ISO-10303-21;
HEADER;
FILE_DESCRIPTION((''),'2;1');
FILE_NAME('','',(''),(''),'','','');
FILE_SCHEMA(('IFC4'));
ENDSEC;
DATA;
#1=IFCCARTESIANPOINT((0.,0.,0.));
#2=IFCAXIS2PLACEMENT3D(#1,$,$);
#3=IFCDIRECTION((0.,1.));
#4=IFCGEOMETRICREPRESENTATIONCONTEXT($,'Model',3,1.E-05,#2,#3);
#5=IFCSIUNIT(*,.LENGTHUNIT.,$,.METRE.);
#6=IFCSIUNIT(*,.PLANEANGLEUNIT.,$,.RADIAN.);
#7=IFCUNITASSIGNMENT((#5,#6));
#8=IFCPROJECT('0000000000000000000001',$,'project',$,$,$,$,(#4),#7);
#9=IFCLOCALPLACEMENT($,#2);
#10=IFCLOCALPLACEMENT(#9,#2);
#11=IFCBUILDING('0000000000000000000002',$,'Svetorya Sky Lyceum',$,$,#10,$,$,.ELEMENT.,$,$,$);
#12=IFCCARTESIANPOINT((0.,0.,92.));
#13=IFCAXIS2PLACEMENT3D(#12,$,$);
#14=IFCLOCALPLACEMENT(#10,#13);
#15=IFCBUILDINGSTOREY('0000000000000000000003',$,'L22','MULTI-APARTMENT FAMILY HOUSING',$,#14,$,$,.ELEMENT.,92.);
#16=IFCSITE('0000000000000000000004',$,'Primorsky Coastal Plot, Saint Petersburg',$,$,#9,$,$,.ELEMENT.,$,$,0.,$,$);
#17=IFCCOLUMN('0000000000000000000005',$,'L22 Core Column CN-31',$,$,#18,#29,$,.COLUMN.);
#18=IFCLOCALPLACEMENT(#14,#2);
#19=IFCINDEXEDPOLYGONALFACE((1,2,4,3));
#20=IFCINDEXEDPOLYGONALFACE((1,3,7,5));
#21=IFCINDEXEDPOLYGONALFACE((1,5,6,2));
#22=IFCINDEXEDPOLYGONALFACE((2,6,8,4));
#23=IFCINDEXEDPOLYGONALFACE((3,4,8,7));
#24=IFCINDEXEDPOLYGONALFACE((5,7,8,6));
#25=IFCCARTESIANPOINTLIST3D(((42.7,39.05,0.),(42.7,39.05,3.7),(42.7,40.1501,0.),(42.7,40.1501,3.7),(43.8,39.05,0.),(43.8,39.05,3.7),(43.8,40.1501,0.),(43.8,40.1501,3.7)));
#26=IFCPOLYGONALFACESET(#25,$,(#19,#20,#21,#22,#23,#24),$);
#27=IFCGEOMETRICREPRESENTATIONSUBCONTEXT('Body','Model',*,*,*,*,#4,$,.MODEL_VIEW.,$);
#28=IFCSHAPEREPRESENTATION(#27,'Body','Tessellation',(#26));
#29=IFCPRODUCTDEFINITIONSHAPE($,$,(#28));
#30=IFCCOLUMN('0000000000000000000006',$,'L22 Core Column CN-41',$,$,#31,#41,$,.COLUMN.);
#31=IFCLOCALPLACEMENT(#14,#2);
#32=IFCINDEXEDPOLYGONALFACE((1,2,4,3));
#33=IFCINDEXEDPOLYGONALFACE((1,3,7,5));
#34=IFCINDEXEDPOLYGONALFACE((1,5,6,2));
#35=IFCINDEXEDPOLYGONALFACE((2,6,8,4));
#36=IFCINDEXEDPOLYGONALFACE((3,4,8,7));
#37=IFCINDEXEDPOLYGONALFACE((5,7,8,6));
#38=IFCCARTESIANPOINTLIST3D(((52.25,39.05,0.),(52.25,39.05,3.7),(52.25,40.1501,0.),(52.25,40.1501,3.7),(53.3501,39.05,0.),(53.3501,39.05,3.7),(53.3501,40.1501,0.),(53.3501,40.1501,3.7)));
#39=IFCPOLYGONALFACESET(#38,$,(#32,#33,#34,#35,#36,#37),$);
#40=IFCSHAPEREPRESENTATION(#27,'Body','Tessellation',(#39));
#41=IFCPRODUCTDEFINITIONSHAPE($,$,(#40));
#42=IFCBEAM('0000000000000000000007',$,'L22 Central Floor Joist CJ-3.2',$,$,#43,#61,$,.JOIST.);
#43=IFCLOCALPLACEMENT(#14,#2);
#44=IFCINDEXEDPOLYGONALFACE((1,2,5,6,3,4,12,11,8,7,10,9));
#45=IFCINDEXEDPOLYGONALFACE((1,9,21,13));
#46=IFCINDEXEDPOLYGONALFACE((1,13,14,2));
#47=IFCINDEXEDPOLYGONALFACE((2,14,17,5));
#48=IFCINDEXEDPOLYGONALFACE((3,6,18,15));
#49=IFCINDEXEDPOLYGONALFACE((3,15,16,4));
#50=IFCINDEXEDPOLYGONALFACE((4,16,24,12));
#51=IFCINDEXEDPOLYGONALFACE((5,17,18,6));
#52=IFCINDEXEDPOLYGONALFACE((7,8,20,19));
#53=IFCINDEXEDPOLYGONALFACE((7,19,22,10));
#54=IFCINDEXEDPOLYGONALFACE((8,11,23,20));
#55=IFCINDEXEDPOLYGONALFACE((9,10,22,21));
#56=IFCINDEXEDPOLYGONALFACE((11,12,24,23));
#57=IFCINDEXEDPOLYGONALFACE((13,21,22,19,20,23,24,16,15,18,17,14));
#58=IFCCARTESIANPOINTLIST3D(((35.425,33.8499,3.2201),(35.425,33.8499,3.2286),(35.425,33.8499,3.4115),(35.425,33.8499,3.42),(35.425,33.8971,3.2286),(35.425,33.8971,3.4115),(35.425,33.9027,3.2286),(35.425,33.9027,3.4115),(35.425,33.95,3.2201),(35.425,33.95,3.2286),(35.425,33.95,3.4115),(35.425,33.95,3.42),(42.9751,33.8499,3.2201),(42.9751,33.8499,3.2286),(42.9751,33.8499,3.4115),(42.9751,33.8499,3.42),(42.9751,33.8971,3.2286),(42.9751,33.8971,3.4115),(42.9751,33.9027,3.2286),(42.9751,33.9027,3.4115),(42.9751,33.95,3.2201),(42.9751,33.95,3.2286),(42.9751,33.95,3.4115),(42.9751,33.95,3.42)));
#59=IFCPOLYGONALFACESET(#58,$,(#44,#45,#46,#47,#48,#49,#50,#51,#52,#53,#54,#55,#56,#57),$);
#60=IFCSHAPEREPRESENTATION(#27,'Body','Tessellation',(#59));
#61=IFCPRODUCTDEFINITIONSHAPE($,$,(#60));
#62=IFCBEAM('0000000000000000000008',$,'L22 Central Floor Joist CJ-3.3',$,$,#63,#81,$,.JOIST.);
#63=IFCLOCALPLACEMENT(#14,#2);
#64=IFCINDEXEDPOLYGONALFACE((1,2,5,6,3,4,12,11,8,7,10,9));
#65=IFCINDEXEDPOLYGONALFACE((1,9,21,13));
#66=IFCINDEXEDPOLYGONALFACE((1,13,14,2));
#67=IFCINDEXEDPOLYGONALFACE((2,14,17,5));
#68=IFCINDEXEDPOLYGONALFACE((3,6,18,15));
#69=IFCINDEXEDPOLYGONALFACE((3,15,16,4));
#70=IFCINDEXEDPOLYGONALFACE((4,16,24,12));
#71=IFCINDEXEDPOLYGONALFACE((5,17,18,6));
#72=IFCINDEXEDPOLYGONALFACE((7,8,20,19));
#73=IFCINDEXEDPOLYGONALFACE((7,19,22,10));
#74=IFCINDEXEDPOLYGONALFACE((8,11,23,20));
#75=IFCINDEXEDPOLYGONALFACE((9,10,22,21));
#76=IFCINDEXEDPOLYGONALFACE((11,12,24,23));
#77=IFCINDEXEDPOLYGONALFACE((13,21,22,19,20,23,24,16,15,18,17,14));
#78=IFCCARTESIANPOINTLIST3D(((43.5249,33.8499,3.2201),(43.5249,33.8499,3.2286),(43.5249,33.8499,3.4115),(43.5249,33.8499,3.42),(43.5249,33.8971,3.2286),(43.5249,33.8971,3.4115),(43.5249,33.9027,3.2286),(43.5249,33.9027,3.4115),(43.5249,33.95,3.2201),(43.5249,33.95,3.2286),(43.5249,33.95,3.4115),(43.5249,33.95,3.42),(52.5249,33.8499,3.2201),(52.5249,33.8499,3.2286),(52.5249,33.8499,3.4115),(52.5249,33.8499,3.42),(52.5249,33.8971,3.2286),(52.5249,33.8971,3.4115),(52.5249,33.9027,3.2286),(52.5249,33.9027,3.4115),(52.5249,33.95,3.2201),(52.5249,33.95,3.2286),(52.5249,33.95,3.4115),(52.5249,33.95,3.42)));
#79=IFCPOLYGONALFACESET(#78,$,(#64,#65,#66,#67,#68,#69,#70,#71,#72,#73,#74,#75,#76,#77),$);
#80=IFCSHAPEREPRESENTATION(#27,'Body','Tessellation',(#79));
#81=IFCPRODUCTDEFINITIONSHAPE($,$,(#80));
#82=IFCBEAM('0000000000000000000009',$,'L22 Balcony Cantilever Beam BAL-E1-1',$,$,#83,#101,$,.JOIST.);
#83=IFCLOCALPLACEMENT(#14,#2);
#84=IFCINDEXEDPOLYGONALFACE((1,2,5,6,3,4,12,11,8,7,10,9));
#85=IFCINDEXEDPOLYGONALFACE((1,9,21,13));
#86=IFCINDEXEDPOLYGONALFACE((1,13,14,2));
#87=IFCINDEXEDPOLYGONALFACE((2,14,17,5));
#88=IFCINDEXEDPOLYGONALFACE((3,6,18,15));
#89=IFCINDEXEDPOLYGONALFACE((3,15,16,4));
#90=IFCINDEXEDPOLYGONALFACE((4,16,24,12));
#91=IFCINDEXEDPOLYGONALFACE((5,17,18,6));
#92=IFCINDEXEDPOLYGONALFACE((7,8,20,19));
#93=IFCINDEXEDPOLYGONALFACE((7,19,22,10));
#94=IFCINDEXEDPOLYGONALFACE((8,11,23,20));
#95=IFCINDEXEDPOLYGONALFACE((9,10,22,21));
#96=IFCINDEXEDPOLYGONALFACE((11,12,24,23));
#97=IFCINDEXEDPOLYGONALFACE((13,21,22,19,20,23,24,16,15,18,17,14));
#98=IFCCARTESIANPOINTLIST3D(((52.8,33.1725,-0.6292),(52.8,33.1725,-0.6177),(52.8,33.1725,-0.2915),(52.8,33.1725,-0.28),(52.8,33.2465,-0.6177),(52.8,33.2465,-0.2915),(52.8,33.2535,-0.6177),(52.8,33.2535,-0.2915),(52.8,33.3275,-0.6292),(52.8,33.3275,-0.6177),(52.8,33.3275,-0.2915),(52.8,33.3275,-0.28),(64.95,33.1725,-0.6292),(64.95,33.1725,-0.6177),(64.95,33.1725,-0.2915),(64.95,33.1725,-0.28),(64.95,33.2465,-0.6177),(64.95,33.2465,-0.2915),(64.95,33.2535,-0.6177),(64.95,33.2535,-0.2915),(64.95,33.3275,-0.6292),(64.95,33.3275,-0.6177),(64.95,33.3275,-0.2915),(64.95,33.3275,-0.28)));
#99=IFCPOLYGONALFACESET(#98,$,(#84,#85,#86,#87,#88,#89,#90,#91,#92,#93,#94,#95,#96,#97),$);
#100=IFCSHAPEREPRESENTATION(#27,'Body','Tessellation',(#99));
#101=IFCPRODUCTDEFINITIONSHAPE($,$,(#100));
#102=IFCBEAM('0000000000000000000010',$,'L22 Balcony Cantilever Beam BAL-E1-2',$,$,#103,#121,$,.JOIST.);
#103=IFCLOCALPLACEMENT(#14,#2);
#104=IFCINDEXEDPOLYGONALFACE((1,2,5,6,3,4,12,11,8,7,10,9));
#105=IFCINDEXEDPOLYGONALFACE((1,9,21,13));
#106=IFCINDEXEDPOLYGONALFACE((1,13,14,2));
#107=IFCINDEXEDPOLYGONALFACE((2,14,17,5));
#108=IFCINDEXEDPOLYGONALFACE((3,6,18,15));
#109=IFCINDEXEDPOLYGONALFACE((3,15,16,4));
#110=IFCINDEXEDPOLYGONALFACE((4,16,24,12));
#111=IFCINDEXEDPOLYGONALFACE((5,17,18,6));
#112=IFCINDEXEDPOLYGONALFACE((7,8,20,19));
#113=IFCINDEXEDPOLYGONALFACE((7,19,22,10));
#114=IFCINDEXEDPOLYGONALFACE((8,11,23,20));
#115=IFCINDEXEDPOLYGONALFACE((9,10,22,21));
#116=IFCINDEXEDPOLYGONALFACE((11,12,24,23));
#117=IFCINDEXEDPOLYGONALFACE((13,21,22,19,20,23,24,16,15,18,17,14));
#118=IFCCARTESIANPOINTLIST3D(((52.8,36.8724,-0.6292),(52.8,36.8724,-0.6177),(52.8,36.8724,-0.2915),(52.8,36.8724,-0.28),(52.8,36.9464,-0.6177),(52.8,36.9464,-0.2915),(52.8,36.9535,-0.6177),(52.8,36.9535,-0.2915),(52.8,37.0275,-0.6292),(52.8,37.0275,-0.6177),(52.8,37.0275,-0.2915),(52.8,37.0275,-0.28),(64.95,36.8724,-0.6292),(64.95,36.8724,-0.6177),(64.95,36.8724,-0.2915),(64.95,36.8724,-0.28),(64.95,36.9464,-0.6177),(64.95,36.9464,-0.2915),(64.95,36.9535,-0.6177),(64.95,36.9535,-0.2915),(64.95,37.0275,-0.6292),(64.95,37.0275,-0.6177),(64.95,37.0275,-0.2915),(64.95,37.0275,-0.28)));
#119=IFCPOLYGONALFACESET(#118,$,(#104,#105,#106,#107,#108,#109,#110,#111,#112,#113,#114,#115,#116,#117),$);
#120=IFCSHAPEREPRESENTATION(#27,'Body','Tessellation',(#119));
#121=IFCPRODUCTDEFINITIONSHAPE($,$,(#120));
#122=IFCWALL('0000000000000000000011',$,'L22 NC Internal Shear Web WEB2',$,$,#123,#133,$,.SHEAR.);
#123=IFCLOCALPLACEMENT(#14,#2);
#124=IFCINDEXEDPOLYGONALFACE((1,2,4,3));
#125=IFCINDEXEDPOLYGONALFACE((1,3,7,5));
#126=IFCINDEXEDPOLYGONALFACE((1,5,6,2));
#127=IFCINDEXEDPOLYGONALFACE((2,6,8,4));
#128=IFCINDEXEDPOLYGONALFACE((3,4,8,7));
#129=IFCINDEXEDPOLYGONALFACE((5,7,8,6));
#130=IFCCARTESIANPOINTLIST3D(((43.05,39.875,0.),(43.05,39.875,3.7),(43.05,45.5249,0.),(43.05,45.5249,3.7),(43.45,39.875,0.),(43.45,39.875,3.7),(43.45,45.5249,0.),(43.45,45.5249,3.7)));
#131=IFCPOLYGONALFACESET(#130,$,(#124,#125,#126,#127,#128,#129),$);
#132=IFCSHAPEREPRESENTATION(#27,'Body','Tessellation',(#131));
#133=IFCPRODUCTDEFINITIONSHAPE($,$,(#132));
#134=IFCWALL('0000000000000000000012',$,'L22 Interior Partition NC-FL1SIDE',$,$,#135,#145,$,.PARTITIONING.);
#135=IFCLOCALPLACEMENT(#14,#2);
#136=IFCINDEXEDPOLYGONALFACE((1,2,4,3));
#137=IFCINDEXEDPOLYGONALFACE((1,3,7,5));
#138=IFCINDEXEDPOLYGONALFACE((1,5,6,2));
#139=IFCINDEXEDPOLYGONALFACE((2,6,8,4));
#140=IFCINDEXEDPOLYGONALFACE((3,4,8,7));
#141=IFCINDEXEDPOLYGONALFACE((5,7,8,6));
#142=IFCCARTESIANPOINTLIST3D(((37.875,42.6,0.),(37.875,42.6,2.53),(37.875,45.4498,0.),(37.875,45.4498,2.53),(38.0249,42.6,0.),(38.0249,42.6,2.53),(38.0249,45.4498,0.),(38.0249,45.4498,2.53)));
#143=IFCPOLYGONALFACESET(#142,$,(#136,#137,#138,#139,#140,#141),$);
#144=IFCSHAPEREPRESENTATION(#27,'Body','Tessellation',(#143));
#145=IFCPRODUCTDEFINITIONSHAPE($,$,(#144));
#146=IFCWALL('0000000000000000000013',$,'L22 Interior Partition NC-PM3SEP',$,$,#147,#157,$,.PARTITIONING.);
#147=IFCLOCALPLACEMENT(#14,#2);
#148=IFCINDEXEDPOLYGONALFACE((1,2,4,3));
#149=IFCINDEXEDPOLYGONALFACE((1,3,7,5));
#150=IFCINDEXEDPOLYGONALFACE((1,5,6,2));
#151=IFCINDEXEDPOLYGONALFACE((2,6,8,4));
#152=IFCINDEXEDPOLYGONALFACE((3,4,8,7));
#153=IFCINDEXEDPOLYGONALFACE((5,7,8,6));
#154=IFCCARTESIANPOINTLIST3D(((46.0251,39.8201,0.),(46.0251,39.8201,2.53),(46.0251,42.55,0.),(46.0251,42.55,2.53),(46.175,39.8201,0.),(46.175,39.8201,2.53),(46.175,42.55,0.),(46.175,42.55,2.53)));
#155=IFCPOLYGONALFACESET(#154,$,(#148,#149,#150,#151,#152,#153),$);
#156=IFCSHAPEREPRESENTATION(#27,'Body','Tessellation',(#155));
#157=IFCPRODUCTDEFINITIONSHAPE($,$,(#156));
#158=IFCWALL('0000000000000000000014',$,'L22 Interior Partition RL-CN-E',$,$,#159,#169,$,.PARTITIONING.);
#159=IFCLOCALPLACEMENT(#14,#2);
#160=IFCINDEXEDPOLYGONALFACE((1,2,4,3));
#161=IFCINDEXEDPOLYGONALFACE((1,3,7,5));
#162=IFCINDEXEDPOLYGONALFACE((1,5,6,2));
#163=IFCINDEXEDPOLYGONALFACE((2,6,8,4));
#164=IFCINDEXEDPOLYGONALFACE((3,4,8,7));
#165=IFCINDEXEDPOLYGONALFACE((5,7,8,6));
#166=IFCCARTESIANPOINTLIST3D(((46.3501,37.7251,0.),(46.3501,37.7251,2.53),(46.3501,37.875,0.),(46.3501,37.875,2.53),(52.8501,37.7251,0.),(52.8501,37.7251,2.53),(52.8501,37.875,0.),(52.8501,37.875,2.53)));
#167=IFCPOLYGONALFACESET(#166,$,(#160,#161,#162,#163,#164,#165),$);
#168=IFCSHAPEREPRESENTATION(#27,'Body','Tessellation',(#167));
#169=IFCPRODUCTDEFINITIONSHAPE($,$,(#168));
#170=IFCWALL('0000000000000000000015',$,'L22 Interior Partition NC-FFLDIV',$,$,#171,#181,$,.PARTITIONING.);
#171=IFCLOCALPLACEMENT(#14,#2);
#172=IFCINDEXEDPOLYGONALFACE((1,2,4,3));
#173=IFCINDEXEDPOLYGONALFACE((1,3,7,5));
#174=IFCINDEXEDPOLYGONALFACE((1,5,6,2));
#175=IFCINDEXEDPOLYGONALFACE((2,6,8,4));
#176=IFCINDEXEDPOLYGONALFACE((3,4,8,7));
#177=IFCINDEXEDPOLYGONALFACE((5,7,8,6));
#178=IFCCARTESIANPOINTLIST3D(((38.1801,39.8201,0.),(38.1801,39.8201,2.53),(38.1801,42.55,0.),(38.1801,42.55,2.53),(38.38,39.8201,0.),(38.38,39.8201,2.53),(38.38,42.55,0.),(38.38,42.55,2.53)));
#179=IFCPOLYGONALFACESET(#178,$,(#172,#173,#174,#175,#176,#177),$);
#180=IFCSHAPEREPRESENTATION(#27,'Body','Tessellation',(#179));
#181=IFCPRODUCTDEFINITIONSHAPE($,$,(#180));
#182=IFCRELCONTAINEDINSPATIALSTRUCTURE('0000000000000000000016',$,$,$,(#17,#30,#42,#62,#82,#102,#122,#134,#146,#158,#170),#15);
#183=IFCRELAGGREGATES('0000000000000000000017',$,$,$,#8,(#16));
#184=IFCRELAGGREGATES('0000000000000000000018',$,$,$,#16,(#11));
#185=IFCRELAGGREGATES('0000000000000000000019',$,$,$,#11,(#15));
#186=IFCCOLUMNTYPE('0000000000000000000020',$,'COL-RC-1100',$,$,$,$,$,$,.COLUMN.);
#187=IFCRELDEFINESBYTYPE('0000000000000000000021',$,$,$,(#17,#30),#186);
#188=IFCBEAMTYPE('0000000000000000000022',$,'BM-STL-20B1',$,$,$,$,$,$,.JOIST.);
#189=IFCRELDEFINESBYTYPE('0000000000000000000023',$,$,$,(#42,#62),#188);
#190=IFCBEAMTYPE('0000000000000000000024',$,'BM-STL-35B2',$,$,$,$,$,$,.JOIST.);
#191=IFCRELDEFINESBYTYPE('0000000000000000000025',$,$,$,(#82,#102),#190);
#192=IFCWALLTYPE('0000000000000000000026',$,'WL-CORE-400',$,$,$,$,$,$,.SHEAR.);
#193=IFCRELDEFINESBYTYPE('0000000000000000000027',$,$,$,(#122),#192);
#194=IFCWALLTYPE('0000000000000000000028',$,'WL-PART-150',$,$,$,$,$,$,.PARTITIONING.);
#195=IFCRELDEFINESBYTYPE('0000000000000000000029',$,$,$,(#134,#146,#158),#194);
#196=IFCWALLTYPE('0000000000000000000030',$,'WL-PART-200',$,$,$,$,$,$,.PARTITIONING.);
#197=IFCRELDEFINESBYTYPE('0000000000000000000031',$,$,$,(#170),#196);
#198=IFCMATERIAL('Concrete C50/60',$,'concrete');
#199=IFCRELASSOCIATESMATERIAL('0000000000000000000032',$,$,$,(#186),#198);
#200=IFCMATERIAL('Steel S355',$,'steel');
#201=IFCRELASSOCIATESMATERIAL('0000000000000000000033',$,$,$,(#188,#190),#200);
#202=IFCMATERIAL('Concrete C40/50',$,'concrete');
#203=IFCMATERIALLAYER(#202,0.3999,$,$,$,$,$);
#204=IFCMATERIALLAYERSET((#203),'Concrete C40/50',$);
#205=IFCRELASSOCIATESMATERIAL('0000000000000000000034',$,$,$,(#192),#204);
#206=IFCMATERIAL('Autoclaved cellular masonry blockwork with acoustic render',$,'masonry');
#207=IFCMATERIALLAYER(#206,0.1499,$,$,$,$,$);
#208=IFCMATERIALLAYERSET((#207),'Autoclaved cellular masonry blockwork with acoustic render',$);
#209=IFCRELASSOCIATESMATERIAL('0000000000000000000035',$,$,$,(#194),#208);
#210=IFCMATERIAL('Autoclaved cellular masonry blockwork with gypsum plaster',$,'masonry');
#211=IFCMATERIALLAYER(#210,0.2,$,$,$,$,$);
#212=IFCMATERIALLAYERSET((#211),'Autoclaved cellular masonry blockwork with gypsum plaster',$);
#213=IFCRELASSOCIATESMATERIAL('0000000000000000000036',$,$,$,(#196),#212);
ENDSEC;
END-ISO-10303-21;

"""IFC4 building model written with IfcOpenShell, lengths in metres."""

from ifc_helpers import new_model, si_unit, direction, frame, frame_2d, origin, origin_2d, place, context, subcontext, project, spatial, rectangle, i_section, extrude, material, layer, layer_set, material_profile, profile_set, type_object, element, save


model = new_model("IFC4")

# Units and contexts
model_context = context("Model", 3, precision=1e-05, world=origin(), true_north=direction((0.0, 1.0)))
body_context = subcontext(model_context, "Body", "Model", "MODEL_VIEW")
ifc_project = project(units=[si_unit("LENGTHUNIT", "METRE"), si_unit("PLANEANGLEUNIT", "RADIAN")], contexts=[model_context])

# Site, building, storey
site_placement = place(None, origin())
site = spatial("IfcSite", under=ifc_project, at=site_placement, Name="Primorsky Coastal Plot, Saint Petersburg", CompositionType="ELEMENT", RefElevation=0.0)
building_placement = place(site_placement, origin())
building = spatial("IfcBuilding", under=site, at=building_placement, Name="Svetorya Sky Lyceum", CompositionType="ELEMENT")
storey_placement = place(building_placement, frame((0.0, 0.0, 92.0)))
storey = spatial("IfcBuildingStorey", under=building, at=storey_placement, Name="L22", Description="MULTI-APARTMENT FAMILY HOUSING", CompositionType="ELEMENT", Elevation=92.0)

# Columns
ifc_material_1 = material(Name="Concrete C50/60", Category="concrete")
ifc_material_profile_1 = material_profile(ifc_material_1, rectangle(XDim=1.1001, YDim=1.1001, at=origin_2d()), Name="RC COL 1100x1100")
ifc_profile_set_1 = profile_set([ifc_material_profile_1], Name="Concrete C50/60")
column_type = type_object("IfcColumnType", Name="COL-RC-1100", PredefinedType="COLUMN", material=ifc_profile_set_1)
for number, where, z_axis, x_axis, name in (
    (1, (43.25, 39.6001, 0.0), (0.0, 0.0, 1.0), (1.0, 0.0, 0.0), "L22 Core Column CN-31"),
    (2, (52.8, 39.6001, 0.0), (0.0, 0.0, 1.0), (1.0, 0.0, 0.0), "L22 Core Column CN-41"),
):
    element("IfcColumn", number, at=place(storey_placement, frame(where, z_axis=z_axis, x_axis=x_axis)), inside=storey, type_object=column_type, Name=name, PredefinedType="COLUMN", context=body_context, shape_type="SweptSolid", body=[
        extrude(rectangle(XDim=1.1001, YDim=1.1001, at=origin_2d()), origin(), (0.0, 0.0, 1.0), 3.7),
    ])

# Beams
ifc_material_2 = material(Name="Steel S355", Category="steel")
ifc_material_profile_2 = material_profile(ifc_material_2, i_section(OverallWidth=0.1001, OverallDepth=0.2, WebThickness=0.0056, FlangeThickness=0.0085, at=origin_2d()), Name="GOST 20B1")
ifc_profile_set_2 = profile_set([ifc_material_profile_2], Name="Steel S355")
beam_type_1 = type_object("IfcBeamType", Name="BM-STL-20B1", PredefinedType="JOIST", material=ifc_profile_set_2)
beam_1_placement = place(storey_placement, frame((35.425, 33.8999, 3.3201), z_axis=(1.0, 0.0, 0.0), x_axis=(0.0, 1.0, 0.0)))
element("IfcBeam", 3, at=beam_1_placement, inside=storey, type_object=beam_type_1, Name="L22 Central Floor Joist CJ-3.2", PredefinedType="JOIST", context=body_context, shape_type="SweptSolid", body=[
    extrude(i_section(OverallWidth=0.1001, OverallDepth=0.2, WebThickness=0.0056, FlangeThickness=0.0085, at=origin_2d()), origin(), (0.0, 0.0, 1.0), 7.55),
])
beam_2_placement = place(storey_placement, frame((43.5249, 33.8999, 3.3201), z_axis=(1.0, 0.0, 0.0), x_axis=(0.0, 1.0, 0.0)))
element("IfcBeam", 4, at=beam_2_placement, inside=storey, type_object=beam_type_1, Name="L22 Central Floor Joist CJ-3.3", PredefinedType="JOIST", context=body_context, shape_type="SweptSolid", body=[
    extrude(i_section(OverallWidth=0.1001, OverallDepth=0.2, WebThickness=0.0056, FlangeThickness=0.0085, at=origin_2d()), origin(), (0.0, 0.0, 1.0), 9.0),
])
ifc_material_profile_3 = material_profile(ifc_material_2, i_section(OverallWidth=0.155, OverallDepth=0.3491, WebThickness=0.0071, FlangeThickness=0.0115, at=origin_2d()), Name="GOST 35B2")
ifc_profile_set_3 = profile_set([ifc_material_profile_3], Name="Steel S355")
beam_type_2 = type_object("IfcBeamType", Name="BM-STL-35B2", PredefinedType="JOIST", material=ifc_profile_set_3)
for number, where, z_axis, x_axis, name in (
    (5, (52.8, 33.25, -0.4546), (1.0, 0.0, 0.0), (0.0, 1.0, 0.0), "L22 Balcony Cantilever Beam BAL-E1-1"),
    (6, (52.8, 36.95, -0.4546), (1.0, 0.0, 0.0), (0.0, 1.0, 0.0), "L22 Balcony Cantilever Beam BAL-E1-2"),
):
    element("IfcBeam", number, at=place(storey_placement, frame(where, z_axis=z_axis, x_axis=x_axis)), inside=storey, type_object=beam_type_2, Name=name, PredefinedType="JOIST", context=body_context, shape_type="SweptSolid", body=[
        extrude(i_section(OverallWidth=0.155, OverallDepth=0.3491, WebThickness=0.0071, FlangeThickness=0.0115, at=origin_2d()), origin(), (0.0, 0.0, 1.0), 12.1499),
    ])

# Wall
ifc_material_3 = material(Name="Concrete C40/50", Category="concrete")
ifc_layer_1 = layer(ifc_material_3, 0.3999)
ifc_layer_set_1 = layer_set([ifc_layer_1], Name="Concrete C40/50")
wall_type_1 = type_object("IfcWallType", Name="WL-CORE-400", PredefinedType="SHEAR", material=ifc_layer_set_1)
wall_1_placement = place(storey_placement, frame((43.25, 39.875, 0.0), z_axis=(0.0, 0.0, 1.0), x_axis=(0.0, 1.0, 0.0)))
element("IfcWall", 7, at=wall_1_placement, inside=storey, type_object=wall_type_1, Name="L22 NC Internal Shear Web WEB2", PredefinedType="SHEAR", context=body_context, shape_type="SweptSolid", body=[
    extrude(rectangle(XDim=5.6499, YDim=0.3999, at=frame_2d((2.825, 0.0))), origin(), (0.0, 0.0, 1.0), 3.7),
])

# Walls
ifc_material_4 = material(Name="Autoclaved cellular masonry blockwork with acoustic render", Category="masonry")
ifc_layer_2 = layer(ifc_material_4, 0.1499)
ifc_layer_set_2 = layer_set([ifc_layer_2], Name="Autoclaved cellular masonry blockwork with acoustic render")
wall_type_2 = type_object("IfcWallType", Name="WL-PART-150", PredefinedType="PARTITIONING", material=ifc_layer_set_2)
wall_2_placement = place(storey_placement, frame((37.95, 42.6001, 0.0), z_axis=(0.0, 0.0, 1.0), x_axis=(0.0, 1.0, 0.0)))
element("IfcWall", 8, at=wall_2_placement, inside=storey, type_object=wall_type_2, Name="L22 Interior Partition NC-FL1SIDE", PredefinedType="PARTITIONING", context=body_context, shape_type="SweptSolid", body=[
    extrude(rectangle(XDim=2.8499, YDim=0.1499, at=frame_2d((1.4248, 0.0))), origin(), (0.0, 0.0, 1.0), 2.53),
])
wall_3_placement = place(storey_placement, frame((46.1001, 39.8201, 0.0), z_axis=(0.0, 0.0, 1.0), x_axis=(0.0, 1.0, 0.0)))
element("IfcWall", 9, at=wall_3_placement, inside=storey, type_object=wall_type_2, Name="L22 Interior Partition NC-PM3SEP", PredefinedType="PARTITIONING", context=body_context, shape_type="SweptSolid", body=[
    extrude(rectangle(XDim=2.73, YDim=0.1499, at=frame_2d((1.365, 0.0))), origin(), (0.0, 0.0, 1.0), 2.53),
])
wall_4_placement = place(storey_placement, frame((46.3501, 37.8, 0.0), z_axis=(0.0, 0.0, 1.0), x_axis=(1.0, 0.0, 0.0)))
element("IfcWall", 10, at=wall_4_placement, inside=storey, type_object=wall_type_2, Name="L22 Interior Partition RL-CN-E", PredefinedType="PARTITIONING", context=body_context, shape_type="SweptSolid", body=[
    extrude(rectangle(XDim=6.5, YDim=0.1499, at=frame_2d((3.25, 0.0))), origin(), (0.0, 0.0, 1.0), 2.53),
])

# Shared definitions
ifc_material_5 = material(Name="Autoclaved cellular masonry blockwork with gypsum plaster", Category="masonry")
ifc_layer_3 = layer(ifc_material_5, 0.2)
ifc_layer_set_3 = layer_set([ifc_layer_3], Name="Autoclaved cellular masonry blockwork with gypsum plaster")
wall_type_3 = type_object("IfcWallType", Name="WL-PART-200", PredefinedType="PARTITIONING", material=ifc_layer_set_3)

# Wall
wall_5_placement = place(storey_placement, frame((38.28, 39.8201, 0.0), z_axis=(0.0, 0.0, 1.0), x_axis=(0.0, 1.0, 0.0)))
element("IfcWall", 11, at=wall_5_placement, inside=storey, type_object=wall_type_3, Name="L22 Interior Partition NC-FFLDIV", PredefinedType="PARTITIONING", context=body_context, shape_type="SweptSolid", body=[
    extrude(rectangle(XDim=2.73, YDim=0.2, at=frame_2d((1.365, 0.0))), origin(), (0.0, 0.0, 1.0), 2.53),
])

save(model, "model.ifc")
